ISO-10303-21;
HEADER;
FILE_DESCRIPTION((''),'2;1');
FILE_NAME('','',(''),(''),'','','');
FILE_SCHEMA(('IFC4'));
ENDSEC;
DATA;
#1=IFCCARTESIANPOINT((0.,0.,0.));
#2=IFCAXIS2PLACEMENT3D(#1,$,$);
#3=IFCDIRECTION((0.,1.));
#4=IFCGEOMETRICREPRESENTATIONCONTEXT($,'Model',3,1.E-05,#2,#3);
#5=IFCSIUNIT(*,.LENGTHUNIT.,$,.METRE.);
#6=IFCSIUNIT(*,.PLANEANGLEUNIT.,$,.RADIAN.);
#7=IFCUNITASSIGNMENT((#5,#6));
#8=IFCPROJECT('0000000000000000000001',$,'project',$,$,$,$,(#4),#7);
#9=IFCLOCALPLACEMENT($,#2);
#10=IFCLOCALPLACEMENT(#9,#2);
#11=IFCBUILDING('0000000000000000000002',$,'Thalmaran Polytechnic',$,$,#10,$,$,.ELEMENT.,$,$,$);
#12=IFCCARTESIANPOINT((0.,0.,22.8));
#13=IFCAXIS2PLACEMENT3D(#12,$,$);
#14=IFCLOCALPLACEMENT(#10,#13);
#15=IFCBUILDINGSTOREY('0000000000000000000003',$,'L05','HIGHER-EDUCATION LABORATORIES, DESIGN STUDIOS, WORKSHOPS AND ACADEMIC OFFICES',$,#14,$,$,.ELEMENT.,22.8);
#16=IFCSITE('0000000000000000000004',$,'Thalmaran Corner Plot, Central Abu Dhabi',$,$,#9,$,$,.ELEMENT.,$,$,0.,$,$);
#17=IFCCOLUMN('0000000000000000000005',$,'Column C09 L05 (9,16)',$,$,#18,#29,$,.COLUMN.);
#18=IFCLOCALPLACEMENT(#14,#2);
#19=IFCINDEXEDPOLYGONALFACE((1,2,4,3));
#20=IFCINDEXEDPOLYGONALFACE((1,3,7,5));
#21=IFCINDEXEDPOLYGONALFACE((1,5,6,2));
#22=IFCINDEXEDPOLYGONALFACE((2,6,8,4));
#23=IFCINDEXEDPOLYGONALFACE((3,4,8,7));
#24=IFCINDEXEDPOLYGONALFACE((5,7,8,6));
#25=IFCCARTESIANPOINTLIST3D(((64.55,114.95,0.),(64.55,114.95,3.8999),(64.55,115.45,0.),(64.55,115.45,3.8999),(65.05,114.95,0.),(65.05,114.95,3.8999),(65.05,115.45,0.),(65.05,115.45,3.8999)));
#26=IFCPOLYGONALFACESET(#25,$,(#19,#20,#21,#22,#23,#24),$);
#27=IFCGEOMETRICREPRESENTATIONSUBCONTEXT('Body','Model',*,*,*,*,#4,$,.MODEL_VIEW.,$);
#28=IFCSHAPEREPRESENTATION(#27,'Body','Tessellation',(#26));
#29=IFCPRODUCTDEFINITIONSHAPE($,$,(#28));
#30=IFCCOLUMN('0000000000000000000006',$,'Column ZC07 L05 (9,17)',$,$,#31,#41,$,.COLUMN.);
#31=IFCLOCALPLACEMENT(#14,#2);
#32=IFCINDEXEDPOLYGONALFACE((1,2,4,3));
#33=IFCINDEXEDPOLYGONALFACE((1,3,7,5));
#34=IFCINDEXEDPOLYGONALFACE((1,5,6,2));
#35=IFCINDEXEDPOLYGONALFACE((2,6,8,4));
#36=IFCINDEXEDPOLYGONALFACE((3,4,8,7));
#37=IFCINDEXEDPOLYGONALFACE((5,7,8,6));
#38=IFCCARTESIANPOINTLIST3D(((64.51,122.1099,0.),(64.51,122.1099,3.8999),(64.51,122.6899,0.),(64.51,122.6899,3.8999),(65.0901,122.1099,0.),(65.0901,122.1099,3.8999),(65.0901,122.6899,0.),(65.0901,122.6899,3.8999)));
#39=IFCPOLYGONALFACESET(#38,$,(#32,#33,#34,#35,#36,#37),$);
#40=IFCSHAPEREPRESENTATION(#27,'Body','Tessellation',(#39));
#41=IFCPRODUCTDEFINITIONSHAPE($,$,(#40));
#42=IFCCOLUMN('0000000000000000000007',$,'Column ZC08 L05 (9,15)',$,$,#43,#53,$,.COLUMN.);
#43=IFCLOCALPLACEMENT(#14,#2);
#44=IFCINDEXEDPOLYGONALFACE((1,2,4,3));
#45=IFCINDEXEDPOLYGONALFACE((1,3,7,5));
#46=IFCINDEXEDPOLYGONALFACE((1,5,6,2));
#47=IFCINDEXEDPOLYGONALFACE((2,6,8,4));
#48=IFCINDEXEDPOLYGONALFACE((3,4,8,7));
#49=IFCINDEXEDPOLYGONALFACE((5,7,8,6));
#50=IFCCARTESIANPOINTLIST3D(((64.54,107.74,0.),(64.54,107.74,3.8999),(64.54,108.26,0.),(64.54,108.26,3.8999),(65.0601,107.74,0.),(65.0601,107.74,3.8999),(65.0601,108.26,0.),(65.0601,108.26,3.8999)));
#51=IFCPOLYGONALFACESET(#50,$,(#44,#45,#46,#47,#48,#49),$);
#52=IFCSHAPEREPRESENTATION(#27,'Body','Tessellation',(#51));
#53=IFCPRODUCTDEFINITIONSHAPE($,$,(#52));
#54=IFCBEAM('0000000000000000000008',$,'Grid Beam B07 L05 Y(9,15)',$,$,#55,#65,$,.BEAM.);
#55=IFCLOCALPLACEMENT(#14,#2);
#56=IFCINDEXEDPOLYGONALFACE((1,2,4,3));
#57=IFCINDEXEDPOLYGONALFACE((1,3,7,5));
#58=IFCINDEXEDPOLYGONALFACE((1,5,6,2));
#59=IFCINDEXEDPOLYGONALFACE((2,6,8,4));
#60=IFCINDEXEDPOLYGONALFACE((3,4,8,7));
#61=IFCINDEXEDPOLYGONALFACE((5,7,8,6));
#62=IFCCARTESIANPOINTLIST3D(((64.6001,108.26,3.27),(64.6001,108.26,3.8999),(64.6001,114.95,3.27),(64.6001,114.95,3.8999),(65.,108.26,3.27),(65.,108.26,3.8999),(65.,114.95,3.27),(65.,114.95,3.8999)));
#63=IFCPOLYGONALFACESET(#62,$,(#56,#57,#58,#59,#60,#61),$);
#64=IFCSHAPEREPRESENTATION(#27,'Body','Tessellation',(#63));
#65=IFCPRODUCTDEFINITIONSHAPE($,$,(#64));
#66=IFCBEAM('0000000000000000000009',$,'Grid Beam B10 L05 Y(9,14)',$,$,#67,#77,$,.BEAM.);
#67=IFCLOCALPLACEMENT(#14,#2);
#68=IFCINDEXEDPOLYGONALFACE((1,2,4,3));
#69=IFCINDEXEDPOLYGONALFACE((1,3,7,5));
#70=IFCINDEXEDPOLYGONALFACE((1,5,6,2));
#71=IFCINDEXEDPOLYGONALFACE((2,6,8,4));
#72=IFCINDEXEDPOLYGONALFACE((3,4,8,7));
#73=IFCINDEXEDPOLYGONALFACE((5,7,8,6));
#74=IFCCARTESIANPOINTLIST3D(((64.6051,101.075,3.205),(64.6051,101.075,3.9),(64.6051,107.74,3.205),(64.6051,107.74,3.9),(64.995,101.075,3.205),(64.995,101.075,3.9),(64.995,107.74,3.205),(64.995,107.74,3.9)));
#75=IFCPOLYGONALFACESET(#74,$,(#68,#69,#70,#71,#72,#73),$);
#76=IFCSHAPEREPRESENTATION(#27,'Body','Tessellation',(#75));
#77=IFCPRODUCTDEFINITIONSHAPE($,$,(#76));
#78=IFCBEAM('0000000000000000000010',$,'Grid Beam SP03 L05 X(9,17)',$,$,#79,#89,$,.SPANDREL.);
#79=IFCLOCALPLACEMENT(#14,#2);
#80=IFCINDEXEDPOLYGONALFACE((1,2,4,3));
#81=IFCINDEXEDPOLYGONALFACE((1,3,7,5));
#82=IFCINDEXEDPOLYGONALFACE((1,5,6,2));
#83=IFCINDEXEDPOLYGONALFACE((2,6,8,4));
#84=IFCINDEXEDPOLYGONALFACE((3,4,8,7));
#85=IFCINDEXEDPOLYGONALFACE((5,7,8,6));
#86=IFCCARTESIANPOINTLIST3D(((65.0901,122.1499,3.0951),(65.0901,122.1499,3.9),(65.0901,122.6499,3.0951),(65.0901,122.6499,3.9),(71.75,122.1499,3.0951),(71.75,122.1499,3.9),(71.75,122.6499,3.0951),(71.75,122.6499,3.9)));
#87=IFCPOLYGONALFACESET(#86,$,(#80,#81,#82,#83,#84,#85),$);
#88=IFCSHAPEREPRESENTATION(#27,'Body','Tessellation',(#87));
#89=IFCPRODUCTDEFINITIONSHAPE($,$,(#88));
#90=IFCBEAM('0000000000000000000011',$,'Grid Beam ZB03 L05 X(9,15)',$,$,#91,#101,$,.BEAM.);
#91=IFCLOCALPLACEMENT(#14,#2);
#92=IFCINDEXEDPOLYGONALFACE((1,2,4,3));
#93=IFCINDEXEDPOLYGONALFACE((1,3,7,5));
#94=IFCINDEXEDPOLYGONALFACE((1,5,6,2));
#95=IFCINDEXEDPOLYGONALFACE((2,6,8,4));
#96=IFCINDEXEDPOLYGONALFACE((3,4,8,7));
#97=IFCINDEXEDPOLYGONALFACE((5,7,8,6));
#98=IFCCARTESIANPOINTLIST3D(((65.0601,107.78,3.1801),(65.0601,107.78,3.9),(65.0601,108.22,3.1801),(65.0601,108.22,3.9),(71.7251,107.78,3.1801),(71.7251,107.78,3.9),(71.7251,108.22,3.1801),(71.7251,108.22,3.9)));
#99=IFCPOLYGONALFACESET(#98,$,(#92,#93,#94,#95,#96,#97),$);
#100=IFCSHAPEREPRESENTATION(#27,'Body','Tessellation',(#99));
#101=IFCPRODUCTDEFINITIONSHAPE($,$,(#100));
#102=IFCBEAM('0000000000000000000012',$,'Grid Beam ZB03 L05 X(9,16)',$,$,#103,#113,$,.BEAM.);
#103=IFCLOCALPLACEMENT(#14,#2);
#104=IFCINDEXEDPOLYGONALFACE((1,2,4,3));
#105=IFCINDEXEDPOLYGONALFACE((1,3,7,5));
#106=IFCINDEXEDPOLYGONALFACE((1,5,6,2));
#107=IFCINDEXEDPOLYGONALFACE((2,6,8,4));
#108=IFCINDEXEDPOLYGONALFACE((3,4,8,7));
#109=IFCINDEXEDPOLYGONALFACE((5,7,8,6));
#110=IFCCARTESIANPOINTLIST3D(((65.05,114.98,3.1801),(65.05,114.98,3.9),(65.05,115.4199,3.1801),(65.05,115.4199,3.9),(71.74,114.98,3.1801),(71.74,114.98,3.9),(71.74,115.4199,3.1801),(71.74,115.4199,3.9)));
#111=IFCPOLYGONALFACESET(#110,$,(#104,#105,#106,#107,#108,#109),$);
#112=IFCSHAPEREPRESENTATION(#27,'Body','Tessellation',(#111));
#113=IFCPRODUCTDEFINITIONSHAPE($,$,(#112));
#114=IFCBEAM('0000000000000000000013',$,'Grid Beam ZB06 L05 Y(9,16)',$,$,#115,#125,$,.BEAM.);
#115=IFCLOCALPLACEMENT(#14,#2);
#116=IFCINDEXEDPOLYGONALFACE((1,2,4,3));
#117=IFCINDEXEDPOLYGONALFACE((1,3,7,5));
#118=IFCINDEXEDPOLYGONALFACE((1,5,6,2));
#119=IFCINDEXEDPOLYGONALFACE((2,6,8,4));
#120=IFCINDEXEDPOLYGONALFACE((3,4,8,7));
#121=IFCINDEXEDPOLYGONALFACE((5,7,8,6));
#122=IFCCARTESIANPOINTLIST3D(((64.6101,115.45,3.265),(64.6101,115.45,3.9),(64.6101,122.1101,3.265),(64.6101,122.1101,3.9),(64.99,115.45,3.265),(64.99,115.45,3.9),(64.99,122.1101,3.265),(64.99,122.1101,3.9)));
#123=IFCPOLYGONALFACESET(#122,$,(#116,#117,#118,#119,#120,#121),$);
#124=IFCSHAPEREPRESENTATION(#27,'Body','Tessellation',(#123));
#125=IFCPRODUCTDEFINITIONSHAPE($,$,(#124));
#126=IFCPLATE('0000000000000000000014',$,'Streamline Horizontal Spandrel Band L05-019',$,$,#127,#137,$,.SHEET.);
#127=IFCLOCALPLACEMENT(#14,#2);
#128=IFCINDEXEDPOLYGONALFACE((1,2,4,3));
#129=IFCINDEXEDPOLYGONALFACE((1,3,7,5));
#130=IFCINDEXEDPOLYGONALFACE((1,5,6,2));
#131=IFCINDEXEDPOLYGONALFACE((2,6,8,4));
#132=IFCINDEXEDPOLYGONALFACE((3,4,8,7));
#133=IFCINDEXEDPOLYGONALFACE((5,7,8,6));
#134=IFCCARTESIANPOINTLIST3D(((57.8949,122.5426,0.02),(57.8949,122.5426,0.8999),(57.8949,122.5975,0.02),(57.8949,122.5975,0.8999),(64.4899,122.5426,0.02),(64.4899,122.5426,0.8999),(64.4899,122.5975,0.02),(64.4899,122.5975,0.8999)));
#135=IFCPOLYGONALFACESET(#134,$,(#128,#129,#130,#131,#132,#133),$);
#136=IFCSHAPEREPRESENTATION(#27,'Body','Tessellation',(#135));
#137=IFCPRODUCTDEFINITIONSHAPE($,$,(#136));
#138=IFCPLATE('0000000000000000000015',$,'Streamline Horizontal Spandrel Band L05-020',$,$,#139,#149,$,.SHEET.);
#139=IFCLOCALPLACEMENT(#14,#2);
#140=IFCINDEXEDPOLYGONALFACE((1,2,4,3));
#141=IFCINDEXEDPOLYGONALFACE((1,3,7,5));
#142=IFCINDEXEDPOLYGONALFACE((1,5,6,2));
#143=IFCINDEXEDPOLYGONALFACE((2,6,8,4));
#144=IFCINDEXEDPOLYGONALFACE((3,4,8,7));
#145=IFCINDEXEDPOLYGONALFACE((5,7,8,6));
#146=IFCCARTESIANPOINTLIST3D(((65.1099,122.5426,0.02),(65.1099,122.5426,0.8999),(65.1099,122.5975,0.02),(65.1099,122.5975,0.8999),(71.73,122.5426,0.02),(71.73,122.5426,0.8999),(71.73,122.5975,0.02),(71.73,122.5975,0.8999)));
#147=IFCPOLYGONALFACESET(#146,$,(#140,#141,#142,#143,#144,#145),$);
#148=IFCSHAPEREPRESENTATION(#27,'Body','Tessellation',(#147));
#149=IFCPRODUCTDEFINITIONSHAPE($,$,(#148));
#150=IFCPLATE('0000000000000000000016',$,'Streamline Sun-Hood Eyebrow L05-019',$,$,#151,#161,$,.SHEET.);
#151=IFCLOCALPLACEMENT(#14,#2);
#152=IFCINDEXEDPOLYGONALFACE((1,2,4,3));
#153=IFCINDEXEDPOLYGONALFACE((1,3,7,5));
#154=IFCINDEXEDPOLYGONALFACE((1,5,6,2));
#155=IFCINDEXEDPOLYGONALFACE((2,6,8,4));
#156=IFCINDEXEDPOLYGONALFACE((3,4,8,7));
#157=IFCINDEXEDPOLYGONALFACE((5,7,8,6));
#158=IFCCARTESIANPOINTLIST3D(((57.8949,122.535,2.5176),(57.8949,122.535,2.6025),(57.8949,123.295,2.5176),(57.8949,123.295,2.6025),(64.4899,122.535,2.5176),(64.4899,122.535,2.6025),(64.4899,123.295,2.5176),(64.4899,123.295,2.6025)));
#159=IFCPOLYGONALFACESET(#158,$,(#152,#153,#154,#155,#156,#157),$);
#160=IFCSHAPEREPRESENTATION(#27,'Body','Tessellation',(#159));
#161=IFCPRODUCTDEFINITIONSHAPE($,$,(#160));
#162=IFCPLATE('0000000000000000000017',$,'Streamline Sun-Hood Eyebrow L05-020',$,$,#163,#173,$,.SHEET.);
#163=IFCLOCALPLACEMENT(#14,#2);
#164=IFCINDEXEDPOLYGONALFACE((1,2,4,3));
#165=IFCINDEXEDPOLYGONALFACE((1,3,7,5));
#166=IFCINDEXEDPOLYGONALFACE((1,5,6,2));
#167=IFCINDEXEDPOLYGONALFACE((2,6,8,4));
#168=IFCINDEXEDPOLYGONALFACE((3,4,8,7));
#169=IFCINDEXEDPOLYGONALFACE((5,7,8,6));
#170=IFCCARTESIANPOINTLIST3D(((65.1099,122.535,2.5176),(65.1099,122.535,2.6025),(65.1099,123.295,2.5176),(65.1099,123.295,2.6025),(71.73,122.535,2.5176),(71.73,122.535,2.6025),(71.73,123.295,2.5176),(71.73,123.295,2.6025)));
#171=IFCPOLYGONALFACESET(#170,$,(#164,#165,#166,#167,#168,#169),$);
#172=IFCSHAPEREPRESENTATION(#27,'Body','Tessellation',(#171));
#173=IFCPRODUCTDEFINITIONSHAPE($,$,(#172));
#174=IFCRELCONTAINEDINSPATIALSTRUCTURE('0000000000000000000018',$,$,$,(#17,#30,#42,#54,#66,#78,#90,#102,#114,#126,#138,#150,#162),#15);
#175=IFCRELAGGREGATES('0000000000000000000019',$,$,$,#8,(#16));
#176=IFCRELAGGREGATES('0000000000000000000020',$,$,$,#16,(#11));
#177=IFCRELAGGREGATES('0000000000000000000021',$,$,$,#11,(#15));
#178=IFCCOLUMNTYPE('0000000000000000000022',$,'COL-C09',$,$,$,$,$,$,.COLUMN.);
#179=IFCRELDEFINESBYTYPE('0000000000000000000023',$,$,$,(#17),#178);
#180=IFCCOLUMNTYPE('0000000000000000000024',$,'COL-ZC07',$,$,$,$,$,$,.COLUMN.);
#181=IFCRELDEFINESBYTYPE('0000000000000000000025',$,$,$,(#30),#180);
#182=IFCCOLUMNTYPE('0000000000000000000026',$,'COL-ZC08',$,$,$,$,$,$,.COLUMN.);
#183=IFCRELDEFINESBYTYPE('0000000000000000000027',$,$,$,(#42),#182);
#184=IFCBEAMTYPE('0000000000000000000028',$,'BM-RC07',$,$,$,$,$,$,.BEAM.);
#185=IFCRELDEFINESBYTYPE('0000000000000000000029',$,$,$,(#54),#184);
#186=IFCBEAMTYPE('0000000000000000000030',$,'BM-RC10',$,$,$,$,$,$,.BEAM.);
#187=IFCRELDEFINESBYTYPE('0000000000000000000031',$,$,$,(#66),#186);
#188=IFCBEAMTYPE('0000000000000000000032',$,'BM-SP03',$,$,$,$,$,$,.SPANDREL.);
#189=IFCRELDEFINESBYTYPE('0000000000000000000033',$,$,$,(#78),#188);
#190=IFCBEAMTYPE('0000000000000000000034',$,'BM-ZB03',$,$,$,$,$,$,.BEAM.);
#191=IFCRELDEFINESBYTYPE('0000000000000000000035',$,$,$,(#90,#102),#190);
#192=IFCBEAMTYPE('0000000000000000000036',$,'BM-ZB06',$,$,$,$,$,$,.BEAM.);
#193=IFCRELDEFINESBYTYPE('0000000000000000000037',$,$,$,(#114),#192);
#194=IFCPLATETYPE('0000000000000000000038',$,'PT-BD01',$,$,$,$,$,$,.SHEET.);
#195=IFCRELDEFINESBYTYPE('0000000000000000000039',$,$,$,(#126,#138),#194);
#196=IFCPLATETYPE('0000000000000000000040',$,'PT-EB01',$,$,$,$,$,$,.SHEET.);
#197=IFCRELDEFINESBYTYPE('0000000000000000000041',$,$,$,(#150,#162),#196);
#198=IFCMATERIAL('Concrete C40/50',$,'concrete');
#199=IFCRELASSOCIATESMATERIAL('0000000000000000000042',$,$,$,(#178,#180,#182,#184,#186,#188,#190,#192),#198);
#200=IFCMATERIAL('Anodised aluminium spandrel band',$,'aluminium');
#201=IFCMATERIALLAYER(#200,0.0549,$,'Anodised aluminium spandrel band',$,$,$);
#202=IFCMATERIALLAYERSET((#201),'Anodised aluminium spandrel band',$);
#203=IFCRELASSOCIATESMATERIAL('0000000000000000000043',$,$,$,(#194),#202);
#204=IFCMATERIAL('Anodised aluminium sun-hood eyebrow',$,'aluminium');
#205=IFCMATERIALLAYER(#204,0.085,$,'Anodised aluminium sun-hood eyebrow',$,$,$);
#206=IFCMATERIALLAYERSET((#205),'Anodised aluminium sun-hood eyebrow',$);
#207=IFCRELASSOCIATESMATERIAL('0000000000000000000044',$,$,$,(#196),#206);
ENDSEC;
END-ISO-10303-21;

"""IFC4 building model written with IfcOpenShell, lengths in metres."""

from ifc_helpers import new_model, si_unit, direction, frame, origin, origin_2d, place, context, subcontext, project, spatial, rectangle, extrude, material, layer, layer_set, material_profile, profile_set, type_object, element, save


model = new_model("IFC4")

# Units and contexts
model_context = context("Model", 3, precision=1e-05, world=origin(), true_north=direction((0.0, 1.0)))
body_context = subcontext(model_context, "Body", "Model", "MODEL_VIEW")
ifc_project = project(units=[si_unit("LENGTHUNIT", "METRE"), si_unit("PLANEANGLEUNIT", "RADIAN")], contexts=[model_context])

# Site, building, storey
site_placement = place(None, origin())
site = spatial("IfcSite", under=ifc_project, at=site_placement, Name="Thalmaran Corner Plot, Central Abu Dhabi", CompositionType="ELEMENT", RefElevation=0.0)
building_placement = place(site_placement, origin())
building = spatial("IfcBuilding", under=site, at=building_placement, Name="Thalmaran Polytechnic", CompositionType="ELEMENT")
storey_placement = place(building_placement, frame((0.0, 0.0, 22.8)))
storey = spatial("IfcBuildingStorey", under=building, at=storey_placement, Name="L05", Description="HIGHER-EDUCATION LABORATORIES, DESIGN STUDIOS, WORKSHOPS AND ACADEMIC OFFICES", CompositionType="ELEMENT", Elevation=22.8)

# Columns
ifc_material_1 = material(Name="Concrete C40/50", Category="concrete")
ifc_material_profile_1 = material_profile(ifc_material_1, rectangle(XDim=0.5, YDim=0.5, at=origin_2d()), Name="RC 500x500")
ifc_profile_set_1 = profile_set([ifc_material_profile_1], Name="Concrete C40/50")
column_type_1 = type_object("IfcColumnType", Name="COL-C09", PredefinedType="COLUMN", material=ifc_profile_set_1)
column_1_placement = place(storey_placement, frame((64.8, 115.2, 0.0), z_axis=(0.0, 0.0, 1.0), x_axis=(1.0, 0.0, 0.0)))
element("IfcColumn", 1, at=column_1_placement, inside=storey, type_object=column_type_1, Name="Column C09 L05 (9,16)", PredefinedType="COLUMN", context=body_context, shape_type="SweptSolid", body=[
    extrude(rectangle(XDim=0.5, YDim=0.5, at=origin_2d()), origin(), (0.0, 0.0, 1.0), 3.8999),
])
ifc_material_profile_2 = material_profile(ifc_material_1, rectangle(XDim=0.5801, YDim=0.5801, at=origin_2d()), Name="RC 580x580")
ifc_profile_set_2 = profile_set([ifc_material_profile_2], Name="Concrete C40/50")
column_type_2 = type_object("IfcColumnType", Name="COL-ZC07", PredefinedType="COLUMN", material=ifc_profile_set_2)
column_2_placement = place(storey_placement, frame((64.8, 122.3999, 0.0), z_axis=(0.0, 0.0, 1.0), x_axis=(1.0, 0.0, 0.0)))
element("IfcColumn", 2, at=column_2_placement, inside=storey, type_object=column_type_2, Name="Column ZC07 L05 (9,17)", PredefinedType="COLUMN", context=body_context, shape_type="SweptSolid", body=[
    extrude(rectangle(XDim=0.5801, YDim=0.5801, at=origin_2d()), origin(), (0.0, 0.0, 1.0), 3.8999),
])
ifc_material_profile_3 = material_profile(ifc_material_1, rectangle(XDim=0.52, YDim=0.52, at=origin_2d()), Name="RC 520x520")
ifc_profile_set_3 = profile_set([ifc_material_profile_3], Name="Concrete C40/50")
column_type_3 = type_object("IfcColumnType", Name="COL-ZC08", PredefinedType="COLUMN", material=ifc_profile_set_3)
column_3_placement = place(storey_placement, frame((64.8, 108.0, 0.0), z_axis=(0.0, 0.0, 1.0), x_axis=(1.0, 0.0, 0.0)))
element("IfcColumn", 3, at=column_3_placement, inside=storey, type_object=column_type_3, Name="Column ZC08 L05 (9,15)", PredefinedType="COLUMN", context=body_context, shape_type="SweptSolid", body=[
    extrude(rectangle(XDim=0.52, YDim=0.52, at=origin_2d()), origin(), (0.0, 0.0, 1.0), 3.8999),
])

# Beams
ifc_material_profile_4 = material_profile(ifc_material_1, rectangle(XDim=0.3999, YDim=0.6299, at=origin_2d()), Name="RC 400x630")
ifc_profile_set_4 = profile_set([ifc_material_profile_4], Name="Concrete C40/50")
beam_type_1 = type_object("IfcBeamType", Name="BM-RC07", PredefinedType="BEAM", material=ifc_profile_set_4)
beam_1_placement = place(storey_placement, frame((64.8, 108.26, 3.585), z_axis=(0.0, 1.0, 0.0), x_axis=(-1.0, 0.0, 0.0)))
element("IfcBeam", 4, at=beam_1_placement, inside=storey, type_object=beam_type_1, Name="Grid Beam B07 L05 Y(9,15)", PredefinedType="BEAM", context=body_context, shape_type="SweptSolid", body=[
    extrude(rectangle(XDim=0.3999, YDim=0.6299, at=origin_2d()), origin(), (0.0, 0.0, 1.0), 6.6899),
])
ifc_material_profile_5 = material_profile(ifc_material_1, rectangle(XDim=0.3899, YDim=0.6951, at=origin_2d()), Name="RC 390x695")
ifc_profile_set_5 = profile_set([ifc_material_profile_5], Name="Concrete C40/50")
beam_type_2 = type_object("IfcBeamType", Name="BM-RC10", PredefinedType="BEAM", material=ifc_profile_set_5)
beam_2_placement = place(storey_placement, frame((64.8, 101.075, 3.5525), z_axis=(0.0, 1.0, 0.0), x_axis=(-1.0, 0.0, 0.0)))
element("IfcBeam", 5, at=beam_2_placement, inside=storey, type_object=beam_type_2, Name="Grid Beam B10 L05 Y(9,14)", PredefinedType="BEAM", context=body_context, shape_type="SweptSolid", body=[
    extrude(rectangle(XDim=0.3899, YDim=0.6951, at=origin_2d()), origin(), (0.0, 0.0, 1.0), 6.665),
])
ifc_material_profile_6 = material_profile(ifc_material_1, rectangle(XDim=0.5, YDim=0.8049, at=origin_2d()), Name="RC 500x805")
ifc_profile_set_6 = profile_set([ifc_material_profile_6], Name="Concrete C40/50")
beam_type_3 = type_object("IfcBeamType", Name="BM-SP03", PredefinedType="SPANDREL", material=ifc_profile_set_6)
beam_3_placement = place(storey_placement, frame((65.0901, 122.3999, 3.4976), z_axis=(1.0, 0.0, 0.0), x_axis=(0.0, 1.0, 0.0)))
element("IfcBeam", 6, at=beam_3_placement, inside=storey, type_object=beam_type_3, Name="Grid Beam SP03 L05 X(9,17)", PredefinedType="SPANDREL", context=body_context, shape_type="SweptSolid", body=[
    extrude(rectangle(XDim=0.5, YDim=0.8049, at=origin_2d()), origin(), (0.0, 0.0, 1.0), 6.6599),
])
ifc_material_profile_7 = material_profile(ifc_material_1, rectangle(XDim=0.4399, YDim=0.72, at=origin_2d()), Name="RC 440x720")
ifc_profile_set_7 = profile_set([ifc_material_profile_7], Name="Concrete C40/50")
beam_type_4 = type_object("IfcBeamType", Name="BM-ZB03", PredefinedType="BEAM", material=ifc_profile_set_7)
beam_4_placement = place(storey_placement, frame((65.0601, 108.0, 3.54), z_axis=(1.0, 0.0, 0.0), x_axis=(0.0, 1.0, 0.0)))
element("IfcBeam", 7, at=beam_4_placement, inside=storey, type_object=beam_type_4, Name="Grid Beam ZB03 L05 X(9,15)", PredefinedType="BEAM", context=body_context, shape_type="SweptSolid", body=[
    extrude(rectangle(XDim=0.4399, YDim=0.72, at=origin_2d()), origin(), (0.0, 0.0, 1.0), 6.665),
])
beam_5_placement = place(storey_placement, frame((65.05, 115.2, 3.54), z_axis=(1.0, 0.0, 0.0), x_axis=(0.0, 1.0, 0.0)))
element("IfcBeam", 8, at=beam_5_placement, inside=storey, type_object=beam_type_4, Name="Grid Beam ZB03 L05 X(9,16)", PredefinedType="BEAM", context=body_context, shape_type="SweptSolid", body=[
    extrude(rectangle(XDim=0.4399, YDim=0.72, at=origin_2d()), origin(), (0.0, 0.0, 1.0), 6.6899),
])
ifc_material_profile_8 = material_profile(ifc_material_1, rectangle(XDim=0.3799, YDim=0.635, at=origin_2d()), Name="RC 380x635")
ifc_profile_set_8 = profile_set([ifc_material_profile_8], Name="Concrete C40/50")
beam_type_5 = type_object("IfcBeamType", Name="BM-ZB06", PredefinedType="BEAM", material=ifc_profile_set_8)
beam_6_placement = place(storey_placement, frame((64.8, 115.45, 3.5825), z_axis=(0.0, 1.0, 0.0), x_axis=(-1.0, 0.0, 0.0)))
element("IfcBeam", 9, at=beam_6_placement, inside=storey, type_object=beam_type_5, Name="Grid Beam ZB06 L05 Y(9,16)", PredefinedType="BEAM", context=body_context, shape_type="SweptSolid", body=[
    extrude(rectangle(XDim=0.3799, YDim=0.635, at=origin_2d()), origin(), (0.0, 0.0, 1.0), 6.6602),
])

# Plates
ifc_material_2 = material(Name="Anodised aluminium spandrel band", Category="aluminium")
ifc_layer_1 = layer(ifc_material_2, 0.0549, Name="Anodised aluminium spandrel band")
ifc_layer_set_1 = layer_set([ifc_layer_1], Name="Anodised aluminium spandrel band")
plate_type_1 = type_object("IfcPlateType", Name="PT-BD01", PredefinedType="SHEET", material=ifc_layer_set_1)
plate_1_placement = place(storey_placement, frame((61.1924, 122.5701, 0.02), z_axis=(0.0, 0.0, 1.0), x_axis=(1.0, 0.0, 0.0)))
element("IfcPlate", 10, at=plate_1_placement, inside=storey, type_object=plate_type_1, Name="Streamline Horizontal Spandrel Band L05-019", PredefinedType="SHEET", context=body_context, shape_type="SweptSolid", body=[
    extrude(rectangle(XDim=6.595, YDim=0.0549, at=origin_2d()), origin(), (0.0, 0.0, 1.0), 0.8799),
])
plate_2_placement = place(storey_placement, frame((68.4199, 122.5701, 0.02), z_axis=(0.0, 0.0, 1.0), x_axis=(1.0, 0.0, 0.0)))
element("IfcPlate", 11, at=plate_2_placement, inside=storey, type_object=plate_type_1, Name="Streamline Horizontal Spandrel Band L05-020", PredefinedType="SHEET", context=body_context, shape_type="SweptSolid", body=[
    extrude(rectangle(XDim=6.6201, YDim=0.0549, at=origin_2d()), origin(), (0.0, 0.0, 1.0), 0.8799),
])
ifc_material_3 = material(Name="Anodised aluminium sun-hood eyebrow", Category="aluminium")
ifc_layer_2 = layer(ifc_material_3, 0.085, Name="Anodised aluminium sun-hood eyebrow")
ifc_layer_set_2 = layer_set([ifc_layer_2], Name="Anodised aluminium sun-hood eyebrow")
plate_type_2 = type_object("IfcPlateType", Name="PT-EB01", PredefinedType="SHEET", material=ifc_layer_set_2)
plate_3_placement = place(storey_placement, frame((61.1924, 122.915, 2.5176), z_axis=(0.0, 0.0, 1.0), x_axis=(1.0, 0.0, 0.0)))
element("IfcPlate", 12, at=plate_3_placement, inside=storey, type_object=plate_type_2, Name="Streamline Sun-Hood Eyebrow L05-019", PredefinedType="SHEET", context=body_context, shape_type="SweptSolid", body=[
    extrude(rectangle(XDim=6.595, YDim=0.76, at=origin_2d()), origin(), (0.0, 0.0, 1.0), 0.085),
])
plate_4_placement = place(storey_placement, frame((68.4199, 122.915, 2.5176), z_axis=(0.0, 0.0, 1.0), x_axis=(1.0, 0.0, 0.0)))
element("IfcPlate", 13, at=plate_4_placement, inside=storey, type_object=plate_type_2, Name="Streamline Sun-Hood Eyebrow L05-020", PredefinedType="SHEET", context=body_context, shape_type="SweptSolid", body=[
    extrude(rectangle(XDim=6.6201, YDim=0.76, at=origin_2d()), origin(), (0.0, 0.0, 1.0), 0.085),
])

save(model, "model.ifc")
